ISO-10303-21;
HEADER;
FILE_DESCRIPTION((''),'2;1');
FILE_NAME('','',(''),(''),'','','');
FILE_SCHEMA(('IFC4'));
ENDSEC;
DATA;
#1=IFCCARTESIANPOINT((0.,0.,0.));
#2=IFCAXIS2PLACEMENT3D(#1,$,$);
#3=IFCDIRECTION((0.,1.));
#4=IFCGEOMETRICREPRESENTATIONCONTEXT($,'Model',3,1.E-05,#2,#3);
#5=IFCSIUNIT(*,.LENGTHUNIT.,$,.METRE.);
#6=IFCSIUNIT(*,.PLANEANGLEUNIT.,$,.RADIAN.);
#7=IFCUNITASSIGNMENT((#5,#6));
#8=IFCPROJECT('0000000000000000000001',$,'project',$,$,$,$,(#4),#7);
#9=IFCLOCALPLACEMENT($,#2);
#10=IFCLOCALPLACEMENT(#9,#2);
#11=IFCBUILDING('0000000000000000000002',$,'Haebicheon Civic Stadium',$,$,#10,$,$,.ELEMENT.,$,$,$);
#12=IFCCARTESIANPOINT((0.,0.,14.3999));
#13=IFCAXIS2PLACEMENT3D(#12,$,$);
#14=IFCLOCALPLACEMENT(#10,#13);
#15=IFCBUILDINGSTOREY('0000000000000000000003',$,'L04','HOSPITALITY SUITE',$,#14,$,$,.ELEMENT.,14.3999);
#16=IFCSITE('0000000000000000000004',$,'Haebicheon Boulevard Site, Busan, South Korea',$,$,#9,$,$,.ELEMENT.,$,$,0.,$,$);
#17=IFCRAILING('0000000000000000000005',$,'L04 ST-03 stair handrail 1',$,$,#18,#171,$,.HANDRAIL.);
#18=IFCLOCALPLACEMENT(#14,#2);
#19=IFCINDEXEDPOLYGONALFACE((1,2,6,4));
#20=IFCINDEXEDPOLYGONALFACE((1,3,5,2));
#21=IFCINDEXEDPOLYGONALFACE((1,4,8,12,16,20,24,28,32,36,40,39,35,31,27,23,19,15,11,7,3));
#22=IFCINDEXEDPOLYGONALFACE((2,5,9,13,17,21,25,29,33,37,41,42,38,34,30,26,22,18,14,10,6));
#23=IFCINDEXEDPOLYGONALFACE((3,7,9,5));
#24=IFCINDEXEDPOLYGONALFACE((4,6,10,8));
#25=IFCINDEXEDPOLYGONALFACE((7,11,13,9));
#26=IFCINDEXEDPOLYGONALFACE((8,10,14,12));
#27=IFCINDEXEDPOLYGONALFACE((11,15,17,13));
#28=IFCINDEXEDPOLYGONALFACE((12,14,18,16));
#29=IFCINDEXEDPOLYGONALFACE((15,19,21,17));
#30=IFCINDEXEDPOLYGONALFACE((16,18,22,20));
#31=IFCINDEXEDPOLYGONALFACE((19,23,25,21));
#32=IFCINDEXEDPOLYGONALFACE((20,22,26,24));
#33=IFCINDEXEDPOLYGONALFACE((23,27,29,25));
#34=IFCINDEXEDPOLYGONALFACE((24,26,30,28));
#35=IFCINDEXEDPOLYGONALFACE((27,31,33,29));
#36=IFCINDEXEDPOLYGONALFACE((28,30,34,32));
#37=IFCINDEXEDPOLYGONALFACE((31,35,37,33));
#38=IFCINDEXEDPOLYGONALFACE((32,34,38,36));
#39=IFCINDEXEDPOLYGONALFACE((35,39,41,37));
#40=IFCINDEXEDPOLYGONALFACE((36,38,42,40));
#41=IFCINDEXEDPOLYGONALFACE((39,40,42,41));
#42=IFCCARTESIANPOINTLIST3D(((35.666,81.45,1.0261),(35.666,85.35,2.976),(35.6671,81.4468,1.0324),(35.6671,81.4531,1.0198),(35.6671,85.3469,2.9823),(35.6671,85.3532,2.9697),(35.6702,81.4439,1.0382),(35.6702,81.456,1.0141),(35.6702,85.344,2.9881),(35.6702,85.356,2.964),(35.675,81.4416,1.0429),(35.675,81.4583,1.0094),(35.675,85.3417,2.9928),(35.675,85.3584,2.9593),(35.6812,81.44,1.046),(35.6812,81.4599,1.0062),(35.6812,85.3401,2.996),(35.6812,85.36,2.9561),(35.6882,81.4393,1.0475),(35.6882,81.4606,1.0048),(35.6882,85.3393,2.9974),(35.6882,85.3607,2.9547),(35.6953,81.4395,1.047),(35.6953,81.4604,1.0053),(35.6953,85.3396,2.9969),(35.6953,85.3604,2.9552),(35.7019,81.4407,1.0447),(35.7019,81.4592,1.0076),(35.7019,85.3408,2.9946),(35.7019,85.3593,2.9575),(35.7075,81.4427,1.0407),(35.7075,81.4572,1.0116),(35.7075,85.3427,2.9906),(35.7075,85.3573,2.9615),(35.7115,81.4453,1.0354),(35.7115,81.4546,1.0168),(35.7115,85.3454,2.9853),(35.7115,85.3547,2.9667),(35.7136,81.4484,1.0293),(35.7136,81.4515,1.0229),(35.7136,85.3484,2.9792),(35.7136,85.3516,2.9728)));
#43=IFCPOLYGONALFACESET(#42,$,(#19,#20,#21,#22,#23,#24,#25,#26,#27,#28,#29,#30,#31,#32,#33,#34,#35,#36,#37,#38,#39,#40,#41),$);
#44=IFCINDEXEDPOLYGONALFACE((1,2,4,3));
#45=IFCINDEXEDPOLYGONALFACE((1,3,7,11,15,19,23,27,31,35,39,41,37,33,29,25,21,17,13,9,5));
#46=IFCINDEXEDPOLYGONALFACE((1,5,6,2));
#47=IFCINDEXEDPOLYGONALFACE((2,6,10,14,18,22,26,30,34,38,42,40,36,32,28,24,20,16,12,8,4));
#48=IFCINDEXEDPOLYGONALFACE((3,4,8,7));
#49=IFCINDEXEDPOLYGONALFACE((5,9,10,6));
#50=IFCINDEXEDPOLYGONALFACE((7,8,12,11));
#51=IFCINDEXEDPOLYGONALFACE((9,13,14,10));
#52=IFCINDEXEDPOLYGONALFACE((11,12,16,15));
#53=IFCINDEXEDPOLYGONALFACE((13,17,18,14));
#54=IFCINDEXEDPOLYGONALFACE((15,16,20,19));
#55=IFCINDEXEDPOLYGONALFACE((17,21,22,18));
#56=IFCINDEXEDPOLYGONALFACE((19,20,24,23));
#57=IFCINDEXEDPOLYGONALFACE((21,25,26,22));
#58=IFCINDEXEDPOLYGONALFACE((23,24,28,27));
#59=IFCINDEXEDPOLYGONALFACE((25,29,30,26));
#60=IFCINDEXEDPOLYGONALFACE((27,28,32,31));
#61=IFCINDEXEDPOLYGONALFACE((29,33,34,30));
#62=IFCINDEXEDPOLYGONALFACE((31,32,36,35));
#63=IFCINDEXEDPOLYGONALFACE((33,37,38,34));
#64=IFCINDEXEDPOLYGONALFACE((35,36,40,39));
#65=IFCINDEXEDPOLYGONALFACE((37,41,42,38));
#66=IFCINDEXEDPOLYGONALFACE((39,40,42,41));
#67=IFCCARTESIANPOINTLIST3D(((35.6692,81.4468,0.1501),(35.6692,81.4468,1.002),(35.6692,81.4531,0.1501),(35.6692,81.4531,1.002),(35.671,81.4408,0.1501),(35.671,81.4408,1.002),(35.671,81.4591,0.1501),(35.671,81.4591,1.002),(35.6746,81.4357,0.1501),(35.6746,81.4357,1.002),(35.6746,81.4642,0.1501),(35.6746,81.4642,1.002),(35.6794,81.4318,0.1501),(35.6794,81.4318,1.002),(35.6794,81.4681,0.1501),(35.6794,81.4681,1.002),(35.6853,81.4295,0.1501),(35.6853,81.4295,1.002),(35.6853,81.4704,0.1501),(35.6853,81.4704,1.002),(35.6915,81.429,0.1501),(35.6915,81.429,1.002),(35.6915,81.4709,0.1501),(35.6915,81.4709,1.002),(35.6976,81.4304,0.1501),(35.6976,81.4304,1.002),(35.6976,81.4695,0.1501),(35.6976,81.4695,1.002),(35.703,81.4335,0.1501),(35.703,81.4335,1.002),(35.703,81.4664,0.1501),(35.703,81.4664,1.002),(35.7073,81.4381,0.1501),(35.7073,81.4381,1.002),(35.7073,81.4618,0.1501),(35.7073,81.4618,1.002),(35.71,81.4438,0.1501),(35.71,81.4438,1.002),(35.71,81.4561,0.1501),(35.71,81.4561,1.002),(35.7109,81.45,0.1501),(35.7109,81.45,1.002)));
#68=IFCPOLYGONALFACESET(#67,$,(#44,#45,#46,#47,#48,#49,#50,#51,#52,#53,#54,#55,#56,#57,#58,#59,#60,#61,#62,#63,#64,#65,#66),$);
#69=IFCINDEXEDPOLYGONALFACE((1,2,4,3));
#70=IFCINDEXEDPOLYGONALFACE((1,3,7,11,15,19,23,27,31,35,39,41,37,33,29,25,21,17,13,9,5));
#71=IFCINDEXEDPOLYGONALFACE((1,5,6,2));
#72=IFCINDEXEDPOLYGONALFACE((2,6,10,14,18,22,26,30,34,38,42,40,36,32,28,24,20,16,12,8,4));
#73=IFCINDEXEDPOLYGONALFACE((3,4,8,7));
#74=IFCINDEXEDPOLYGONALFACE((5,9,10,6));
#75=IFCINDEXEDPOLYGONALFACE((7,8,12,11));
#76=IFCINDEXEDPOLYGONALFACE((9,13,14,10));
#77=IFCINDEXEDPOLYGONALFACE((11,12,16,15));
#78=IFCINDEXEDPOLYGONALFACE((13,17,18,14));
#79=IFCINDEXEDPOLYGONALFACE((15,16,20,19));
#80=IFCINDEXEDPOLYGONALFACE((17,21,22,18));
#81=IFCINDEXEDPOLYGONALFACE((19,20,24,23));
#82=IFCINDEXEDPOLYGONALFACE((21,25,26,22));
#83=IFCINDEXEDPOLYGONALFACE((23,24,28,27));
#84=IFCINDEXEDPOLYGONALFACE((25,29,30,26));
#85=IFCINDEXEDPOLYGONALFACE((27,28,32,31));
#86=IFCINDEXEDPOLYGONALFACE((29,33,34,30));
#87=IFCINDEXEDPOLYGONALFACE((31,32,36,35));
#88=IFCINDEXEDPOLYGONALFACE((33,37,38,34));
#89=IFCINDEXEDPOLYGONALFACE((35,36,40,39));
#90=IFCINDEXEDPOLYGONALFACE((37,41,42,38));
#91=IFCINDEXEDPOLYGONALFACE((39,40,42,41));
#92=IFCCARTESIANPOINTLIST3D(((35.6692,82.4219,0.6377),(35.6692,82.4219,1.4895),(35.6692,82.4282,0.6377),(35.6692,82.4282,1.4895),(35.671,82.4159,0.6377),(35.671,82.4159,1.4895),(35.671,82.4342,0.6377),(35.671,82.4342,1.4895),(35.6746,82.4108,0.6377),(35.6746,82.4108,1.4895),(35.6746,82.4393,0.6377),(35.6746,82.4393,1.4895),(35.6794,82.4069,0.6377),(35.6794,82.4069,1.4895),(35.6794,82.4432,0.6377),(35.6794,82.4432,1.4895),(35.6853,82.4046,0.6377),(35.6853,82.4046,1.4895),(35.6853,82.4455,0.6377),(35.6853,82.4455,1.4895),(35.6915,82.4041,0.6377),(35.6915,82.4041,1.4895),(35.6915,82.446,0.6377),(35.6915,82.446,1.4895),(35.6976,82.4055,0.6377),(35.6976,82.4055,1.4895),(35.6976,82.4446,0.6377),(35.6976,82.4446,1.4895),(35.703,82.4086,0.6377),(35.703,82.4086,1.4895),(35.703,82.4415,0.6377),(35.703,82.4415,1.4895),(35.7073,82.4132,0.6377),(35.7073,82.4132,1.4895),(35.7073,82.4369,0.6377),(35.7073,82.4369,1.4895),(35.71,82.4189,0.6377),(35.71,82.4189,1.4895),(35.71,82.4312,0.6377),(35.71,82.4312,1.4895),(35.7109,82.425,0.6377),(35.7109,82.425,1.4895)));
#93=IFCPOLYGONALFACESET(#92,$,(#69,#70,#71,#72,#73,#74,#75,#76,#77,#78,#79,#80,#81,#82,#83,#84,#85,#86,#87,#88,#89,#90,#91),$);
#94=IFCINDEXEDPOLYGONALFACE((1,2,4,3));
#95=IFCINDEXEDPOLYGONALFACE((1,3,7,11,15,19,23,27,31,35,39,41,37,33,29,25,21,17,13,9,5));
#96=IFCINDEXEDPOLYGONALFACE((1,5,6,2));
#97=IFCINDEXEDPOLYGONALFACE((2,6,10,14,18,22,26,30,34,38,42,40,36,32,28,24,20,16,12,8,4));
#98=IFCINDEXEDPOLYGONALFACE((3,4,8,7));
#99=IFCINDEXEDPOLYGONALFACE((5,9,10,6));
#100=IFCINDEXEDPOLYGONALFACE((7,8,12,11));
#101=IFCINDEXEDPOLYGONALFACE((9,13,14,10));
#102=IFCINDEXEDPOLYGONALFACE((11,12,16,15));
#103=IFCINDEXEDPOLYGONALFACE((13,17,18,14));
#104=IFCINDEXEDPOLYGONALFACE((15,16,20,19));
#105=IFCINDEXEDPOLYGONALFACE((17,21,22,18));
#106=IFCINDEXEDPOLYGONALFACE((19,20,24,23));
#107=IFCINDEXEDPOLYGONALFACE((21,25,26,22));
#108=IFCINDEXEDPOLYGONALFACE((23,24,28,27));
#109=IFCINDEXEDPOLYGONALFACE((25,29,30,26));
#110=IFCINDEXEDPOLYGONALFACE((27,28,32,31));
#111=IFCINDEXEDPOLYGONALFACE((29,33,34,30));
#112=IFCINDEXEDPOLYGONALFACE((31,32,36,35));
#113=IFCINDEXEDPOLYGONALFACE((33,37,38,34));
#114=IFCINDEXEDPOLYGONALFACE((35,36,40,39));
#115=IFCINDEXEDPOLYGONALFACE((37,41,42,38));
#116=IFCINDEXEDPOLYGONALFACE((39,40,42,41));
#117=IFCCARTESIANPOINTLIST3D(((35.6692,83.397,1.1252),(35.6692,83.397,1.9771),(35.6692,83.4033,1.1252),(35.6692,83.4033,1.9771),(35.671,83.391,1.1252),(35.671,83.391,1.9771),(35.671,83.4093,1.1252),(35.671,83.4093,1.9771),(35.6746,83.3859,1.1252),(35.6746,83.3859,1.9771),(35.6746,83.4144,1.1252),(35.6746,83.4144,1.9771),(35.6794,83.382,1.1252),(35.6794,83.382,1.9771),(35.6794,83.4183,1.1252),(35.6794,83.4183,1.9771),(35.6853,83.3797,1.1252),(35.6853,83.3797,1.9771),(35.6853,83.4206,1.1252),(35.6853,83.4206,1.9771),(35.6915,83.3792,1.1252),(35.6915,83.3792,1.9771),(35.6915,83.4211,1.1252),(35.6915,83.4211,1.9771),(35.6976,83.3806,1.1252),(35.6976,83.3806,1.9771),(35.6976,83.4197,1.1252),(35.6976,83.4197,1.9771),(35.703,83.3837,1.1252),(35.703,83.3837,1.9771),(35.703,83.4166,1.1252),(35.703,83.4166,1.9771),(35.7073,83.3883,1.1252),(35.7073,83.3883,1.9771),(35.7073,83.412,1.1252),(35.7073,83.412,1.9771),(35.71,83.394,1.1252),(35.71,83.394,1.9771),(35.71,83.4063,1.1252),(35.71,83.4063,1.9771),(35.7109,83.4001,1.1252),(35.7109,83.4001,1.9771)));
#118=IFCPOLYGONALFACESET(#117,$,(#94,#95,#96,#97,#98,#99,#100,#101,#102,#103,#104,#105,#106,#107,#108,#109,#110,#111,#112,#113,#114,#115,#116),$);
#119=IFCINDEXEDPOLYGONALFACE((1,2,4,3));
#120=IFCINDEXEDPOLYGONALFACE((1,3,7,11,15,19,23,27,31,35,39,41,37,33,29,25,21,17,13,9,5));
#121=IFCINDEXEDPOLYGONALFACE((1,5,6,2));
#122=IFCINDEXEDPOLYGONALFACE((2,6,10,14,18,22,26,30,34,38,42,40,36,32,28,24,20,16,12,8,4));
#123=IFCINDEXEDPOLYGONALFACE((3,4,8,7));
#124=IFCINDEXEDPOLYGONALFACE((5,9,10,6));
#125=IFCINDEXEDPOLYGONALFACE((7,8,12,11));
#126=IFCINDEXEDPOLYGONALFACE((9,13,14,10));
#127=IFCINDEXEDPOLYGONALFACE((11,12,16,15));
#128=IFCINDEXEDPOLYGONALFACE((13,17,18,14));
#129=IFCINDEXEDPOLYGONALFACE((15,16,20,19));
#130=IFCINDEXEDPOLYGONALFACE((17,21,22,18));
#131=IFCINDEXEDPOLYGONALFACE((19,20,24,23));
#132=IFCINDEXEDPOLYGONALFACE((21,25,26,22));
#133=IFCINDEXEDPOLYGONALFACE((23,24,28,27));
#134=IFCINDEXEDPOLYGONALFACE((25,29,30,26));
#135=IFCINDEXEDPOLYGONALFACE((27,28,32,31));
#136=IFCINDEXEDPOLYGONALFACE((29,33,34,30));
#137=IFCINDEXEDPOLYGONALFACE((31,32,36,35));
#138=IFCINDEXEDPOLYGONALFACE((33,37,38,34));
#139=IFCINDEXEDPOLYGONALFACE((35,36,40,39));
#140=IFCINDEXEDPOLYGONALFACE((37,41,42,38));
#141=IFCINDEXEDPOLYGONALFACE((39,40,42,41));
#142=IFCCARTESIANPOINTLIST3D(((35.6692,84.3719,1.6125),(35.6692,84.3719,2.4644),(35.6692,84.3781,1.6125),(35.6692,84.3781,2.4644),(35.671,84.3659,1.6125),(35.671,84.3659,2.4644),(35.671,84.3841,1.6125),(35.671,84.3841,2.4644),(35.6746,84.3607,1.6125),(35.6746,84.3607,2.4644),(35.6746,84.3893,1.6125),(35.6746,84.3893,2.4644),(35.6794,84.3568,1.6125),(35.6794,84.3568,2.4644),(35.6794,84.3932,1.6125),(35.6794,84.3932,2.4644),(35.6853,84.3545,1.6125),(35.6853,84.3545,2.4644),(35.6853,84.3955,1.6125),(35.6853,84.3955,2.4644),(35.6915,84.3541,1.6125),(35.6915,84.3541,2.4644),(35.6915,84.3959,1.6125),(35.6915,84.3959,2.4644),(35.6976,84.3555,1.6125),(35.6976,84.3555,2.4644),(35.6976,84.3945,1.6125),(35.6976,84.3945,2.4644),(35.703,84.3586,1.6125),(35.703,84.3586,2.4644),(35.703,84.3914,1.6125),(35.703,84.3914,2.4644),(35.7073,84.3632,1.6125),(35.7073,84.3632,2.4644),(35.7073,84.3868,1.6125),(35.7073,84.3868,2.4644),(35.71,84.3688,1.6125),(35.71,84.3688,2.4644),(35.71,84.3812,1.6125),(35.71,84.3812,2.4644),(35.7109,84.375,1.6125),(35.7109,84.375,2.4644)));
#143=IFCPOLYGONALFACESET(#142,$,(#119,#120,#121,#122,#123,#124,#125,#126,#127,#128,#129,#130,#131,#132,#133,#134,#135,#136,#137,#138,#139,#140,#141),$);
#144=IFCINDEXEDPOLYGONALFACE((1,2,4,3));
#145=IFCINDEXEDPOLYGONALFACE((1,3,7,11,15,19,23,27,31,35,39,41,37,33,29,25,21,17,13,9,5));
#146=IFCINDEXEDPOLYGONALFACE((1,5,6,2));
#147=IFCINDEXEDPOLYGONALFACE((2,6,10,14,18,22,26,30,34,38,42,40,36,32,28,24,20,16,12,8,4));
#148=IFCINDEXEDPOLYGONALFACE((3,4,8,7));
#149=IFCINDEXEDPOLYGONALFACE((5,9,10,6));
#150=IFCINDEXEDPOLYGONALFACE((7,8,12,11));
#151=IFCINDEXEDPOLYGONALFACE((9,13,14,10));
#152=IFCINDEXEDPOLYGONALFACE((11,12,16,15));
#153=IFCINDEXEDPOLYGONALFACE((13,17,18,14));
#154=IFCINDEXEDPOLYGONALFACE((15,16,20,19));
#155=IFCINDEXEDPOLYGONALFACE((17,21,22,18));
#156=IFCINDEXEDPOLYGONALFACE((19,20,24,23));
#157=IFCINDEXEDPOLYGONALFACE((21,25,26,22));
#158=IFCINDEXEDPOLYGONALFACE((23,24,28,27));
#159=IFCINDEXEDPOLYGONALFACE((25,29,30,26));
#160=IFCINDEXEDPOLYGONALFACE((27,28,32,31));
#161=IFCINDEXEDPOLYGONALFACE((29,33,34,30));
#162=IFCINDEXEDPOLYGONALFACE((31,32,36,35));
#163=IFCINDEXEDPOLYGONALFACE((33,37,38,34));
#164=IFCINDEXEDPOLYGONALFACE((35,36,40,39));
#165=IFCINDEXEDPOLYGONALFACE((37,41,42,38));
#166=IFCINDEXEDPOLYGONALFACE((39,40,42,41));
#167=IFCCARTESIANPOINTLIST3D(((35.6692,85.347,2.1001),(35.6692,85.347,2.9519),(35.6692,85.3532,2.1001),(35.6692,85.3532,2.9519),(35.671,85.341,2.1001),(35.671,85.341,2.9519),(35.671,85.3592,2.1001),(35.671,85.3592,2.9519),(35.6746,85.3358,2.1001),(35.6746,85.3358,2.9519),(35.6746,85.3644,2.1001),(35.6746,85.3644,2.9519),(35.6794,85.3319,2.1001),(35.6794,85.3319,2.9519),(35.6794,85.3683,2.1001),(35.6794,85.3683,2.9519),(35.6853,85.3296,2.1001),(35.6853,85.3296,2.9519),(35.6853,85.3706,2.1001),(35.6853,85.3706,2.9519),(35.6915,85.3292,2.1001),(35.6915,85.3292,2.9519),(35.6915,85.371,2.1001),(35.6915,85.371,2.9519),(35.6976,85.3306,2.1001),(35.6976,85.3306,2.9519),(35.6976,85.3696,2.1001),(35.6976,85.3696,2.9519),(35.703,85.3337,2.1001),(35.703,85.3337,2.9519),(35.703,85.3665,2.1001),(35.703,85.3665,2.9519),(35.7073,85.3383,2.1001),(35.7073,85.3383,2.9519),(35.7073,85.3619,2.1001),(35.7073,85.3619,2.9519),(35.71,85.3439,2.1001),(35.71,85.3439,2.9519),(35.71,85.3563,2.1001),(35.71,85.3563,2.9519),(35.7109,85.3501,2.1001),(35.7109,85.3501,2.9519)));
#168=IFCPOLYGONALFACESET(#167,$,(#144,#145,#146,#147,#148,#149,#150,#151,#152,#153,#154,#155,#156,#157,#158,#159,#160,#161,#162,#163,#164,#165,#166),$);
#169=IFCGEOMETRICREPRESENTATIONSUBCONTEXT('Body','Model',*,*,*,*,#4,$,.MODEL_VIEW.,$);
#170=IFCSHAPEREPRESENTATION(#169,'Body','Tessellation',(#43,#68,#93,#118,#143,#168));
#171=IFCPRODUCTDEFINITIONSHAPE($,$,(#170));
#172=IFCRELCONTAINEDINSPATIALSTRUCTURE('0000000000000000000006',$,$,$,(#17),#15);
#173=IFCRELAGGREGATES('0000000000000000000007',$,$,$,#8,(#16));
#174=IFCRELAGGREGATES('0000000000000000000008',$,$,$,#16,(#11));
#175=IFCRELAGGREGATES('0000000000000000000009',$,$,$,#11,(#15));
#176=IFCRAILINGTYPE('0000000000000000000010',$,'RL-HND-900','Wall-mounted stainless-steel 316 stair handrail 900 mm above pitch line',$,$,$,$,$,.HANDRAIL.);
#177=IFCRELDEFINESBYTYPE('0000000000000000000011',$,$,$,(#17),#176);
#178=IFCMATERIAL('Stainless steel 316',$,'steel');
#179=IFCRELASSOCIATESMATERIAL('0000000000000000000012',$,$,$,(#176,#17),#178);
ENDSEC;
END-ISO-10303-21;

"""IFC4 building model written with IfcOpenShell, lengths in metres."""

from ifc_helpers import new_model, si_unit, direction, frame, origin, origin_2d, place, context, subcontext, project, spatial, circle, extrude, material, type_object, element, save


model = new_model("IFC4")

# Units and contexts
model_context = context("Model", 3, precision=1e-05, world=origin(), true_north=direction((0.0, 1.0)))
body_context = subcontext(model_context, "Body", "Model", "MODEL_VIEW")
ifc_project = project(units=[si_unit("LENGTHUNIT", "METRE"), si_unit("PLANEANGLEUNIT", "RADIAN")], contexts=[model_context])

# Site, building, storey
site_placement = place(None, origin())
site = spatial("IfcSite", under=ifc_project, at=site_placement, Name="Haebicheon Boulevard Site, Busan, South Korea", CompositionType="ELEMENT", RefElevation=0.0)
building_placement = place(site_placement, origin())
building = spatial("IfcBuilding", under=site, at=building_placement, Name="Haebicheon Civic Stadium", CompositionType="ELEMENT")
storey_placement = place(building_placement, frame((0.0, 0.0, 14.3999)))
storey = spatial("IfcBuildingStorey", under=building, at=storey_placement, Name="L04", Description="HOSPITALITY SUITE", CompositionType="ELEMENT", Elevation=14.3999)

# Railing
ifc_material_1 = material(Name="Stainless steel 316", Category="steel")
railing_type_1 = type_object("IfcRailingType", Name="RL-HND-900", Description="Wall-mounted stainless-steel 316 stair handrail 900 mm above pitch line", PredefinedType="HANDRAIL", material=ifc_material_1)
railing_1_placement = place(storey_placement, frame((35.6899, 81.45, 0.1501)))
element("IfcRailing", 1, at=railing_1_placement, inside=storey, type_object=railing_type_1, material=ifc_material_1, Name="L04 ST-03 stair handrail 1", PredefinedType="HANDRAIL", context=body_context, shape_type="SweptSolid", body=[
    extrude(circle(Radius=0.0239, at=origin_2d()), frame((0.0, 0.0, 0.876), z_axis=(0.0, 0.894438, 0.447191), x_axis=(-1.0, 0.0, 0.0)), (0.0, 0.0, 1.0), 4.3604),
    extrude(circle(Radius=0.021, at=origin_2d()), origin(), (0.0, 0.0, 1.0), 0.8518),
    extrude(circle(Radius=0.021, at=origin_2d()), frame((0.0, 0.9751, 0.4875)), (0.0, 0.0, 1.0), 0.8518),
    extrude(circle(Radius=0.021, at=origin_2d()), frame((0.0, 1.9502, 0.9751)), (0.0, 0.0, 1.0), 0.8518),
    extrude(circle(Radius=0.021, at=origin_2d()), frame((0.0, 2.925, 1.4624)), (0.0, 0.0, 1.0), 0.8518),
    extrude(circle(Radius=0.021, at=origin_2d()), frame((0.0, 3.9001, 1.95)), (0.0, 0.0, 1.0), 0.8518),
])

save(model, "model.ifc")
